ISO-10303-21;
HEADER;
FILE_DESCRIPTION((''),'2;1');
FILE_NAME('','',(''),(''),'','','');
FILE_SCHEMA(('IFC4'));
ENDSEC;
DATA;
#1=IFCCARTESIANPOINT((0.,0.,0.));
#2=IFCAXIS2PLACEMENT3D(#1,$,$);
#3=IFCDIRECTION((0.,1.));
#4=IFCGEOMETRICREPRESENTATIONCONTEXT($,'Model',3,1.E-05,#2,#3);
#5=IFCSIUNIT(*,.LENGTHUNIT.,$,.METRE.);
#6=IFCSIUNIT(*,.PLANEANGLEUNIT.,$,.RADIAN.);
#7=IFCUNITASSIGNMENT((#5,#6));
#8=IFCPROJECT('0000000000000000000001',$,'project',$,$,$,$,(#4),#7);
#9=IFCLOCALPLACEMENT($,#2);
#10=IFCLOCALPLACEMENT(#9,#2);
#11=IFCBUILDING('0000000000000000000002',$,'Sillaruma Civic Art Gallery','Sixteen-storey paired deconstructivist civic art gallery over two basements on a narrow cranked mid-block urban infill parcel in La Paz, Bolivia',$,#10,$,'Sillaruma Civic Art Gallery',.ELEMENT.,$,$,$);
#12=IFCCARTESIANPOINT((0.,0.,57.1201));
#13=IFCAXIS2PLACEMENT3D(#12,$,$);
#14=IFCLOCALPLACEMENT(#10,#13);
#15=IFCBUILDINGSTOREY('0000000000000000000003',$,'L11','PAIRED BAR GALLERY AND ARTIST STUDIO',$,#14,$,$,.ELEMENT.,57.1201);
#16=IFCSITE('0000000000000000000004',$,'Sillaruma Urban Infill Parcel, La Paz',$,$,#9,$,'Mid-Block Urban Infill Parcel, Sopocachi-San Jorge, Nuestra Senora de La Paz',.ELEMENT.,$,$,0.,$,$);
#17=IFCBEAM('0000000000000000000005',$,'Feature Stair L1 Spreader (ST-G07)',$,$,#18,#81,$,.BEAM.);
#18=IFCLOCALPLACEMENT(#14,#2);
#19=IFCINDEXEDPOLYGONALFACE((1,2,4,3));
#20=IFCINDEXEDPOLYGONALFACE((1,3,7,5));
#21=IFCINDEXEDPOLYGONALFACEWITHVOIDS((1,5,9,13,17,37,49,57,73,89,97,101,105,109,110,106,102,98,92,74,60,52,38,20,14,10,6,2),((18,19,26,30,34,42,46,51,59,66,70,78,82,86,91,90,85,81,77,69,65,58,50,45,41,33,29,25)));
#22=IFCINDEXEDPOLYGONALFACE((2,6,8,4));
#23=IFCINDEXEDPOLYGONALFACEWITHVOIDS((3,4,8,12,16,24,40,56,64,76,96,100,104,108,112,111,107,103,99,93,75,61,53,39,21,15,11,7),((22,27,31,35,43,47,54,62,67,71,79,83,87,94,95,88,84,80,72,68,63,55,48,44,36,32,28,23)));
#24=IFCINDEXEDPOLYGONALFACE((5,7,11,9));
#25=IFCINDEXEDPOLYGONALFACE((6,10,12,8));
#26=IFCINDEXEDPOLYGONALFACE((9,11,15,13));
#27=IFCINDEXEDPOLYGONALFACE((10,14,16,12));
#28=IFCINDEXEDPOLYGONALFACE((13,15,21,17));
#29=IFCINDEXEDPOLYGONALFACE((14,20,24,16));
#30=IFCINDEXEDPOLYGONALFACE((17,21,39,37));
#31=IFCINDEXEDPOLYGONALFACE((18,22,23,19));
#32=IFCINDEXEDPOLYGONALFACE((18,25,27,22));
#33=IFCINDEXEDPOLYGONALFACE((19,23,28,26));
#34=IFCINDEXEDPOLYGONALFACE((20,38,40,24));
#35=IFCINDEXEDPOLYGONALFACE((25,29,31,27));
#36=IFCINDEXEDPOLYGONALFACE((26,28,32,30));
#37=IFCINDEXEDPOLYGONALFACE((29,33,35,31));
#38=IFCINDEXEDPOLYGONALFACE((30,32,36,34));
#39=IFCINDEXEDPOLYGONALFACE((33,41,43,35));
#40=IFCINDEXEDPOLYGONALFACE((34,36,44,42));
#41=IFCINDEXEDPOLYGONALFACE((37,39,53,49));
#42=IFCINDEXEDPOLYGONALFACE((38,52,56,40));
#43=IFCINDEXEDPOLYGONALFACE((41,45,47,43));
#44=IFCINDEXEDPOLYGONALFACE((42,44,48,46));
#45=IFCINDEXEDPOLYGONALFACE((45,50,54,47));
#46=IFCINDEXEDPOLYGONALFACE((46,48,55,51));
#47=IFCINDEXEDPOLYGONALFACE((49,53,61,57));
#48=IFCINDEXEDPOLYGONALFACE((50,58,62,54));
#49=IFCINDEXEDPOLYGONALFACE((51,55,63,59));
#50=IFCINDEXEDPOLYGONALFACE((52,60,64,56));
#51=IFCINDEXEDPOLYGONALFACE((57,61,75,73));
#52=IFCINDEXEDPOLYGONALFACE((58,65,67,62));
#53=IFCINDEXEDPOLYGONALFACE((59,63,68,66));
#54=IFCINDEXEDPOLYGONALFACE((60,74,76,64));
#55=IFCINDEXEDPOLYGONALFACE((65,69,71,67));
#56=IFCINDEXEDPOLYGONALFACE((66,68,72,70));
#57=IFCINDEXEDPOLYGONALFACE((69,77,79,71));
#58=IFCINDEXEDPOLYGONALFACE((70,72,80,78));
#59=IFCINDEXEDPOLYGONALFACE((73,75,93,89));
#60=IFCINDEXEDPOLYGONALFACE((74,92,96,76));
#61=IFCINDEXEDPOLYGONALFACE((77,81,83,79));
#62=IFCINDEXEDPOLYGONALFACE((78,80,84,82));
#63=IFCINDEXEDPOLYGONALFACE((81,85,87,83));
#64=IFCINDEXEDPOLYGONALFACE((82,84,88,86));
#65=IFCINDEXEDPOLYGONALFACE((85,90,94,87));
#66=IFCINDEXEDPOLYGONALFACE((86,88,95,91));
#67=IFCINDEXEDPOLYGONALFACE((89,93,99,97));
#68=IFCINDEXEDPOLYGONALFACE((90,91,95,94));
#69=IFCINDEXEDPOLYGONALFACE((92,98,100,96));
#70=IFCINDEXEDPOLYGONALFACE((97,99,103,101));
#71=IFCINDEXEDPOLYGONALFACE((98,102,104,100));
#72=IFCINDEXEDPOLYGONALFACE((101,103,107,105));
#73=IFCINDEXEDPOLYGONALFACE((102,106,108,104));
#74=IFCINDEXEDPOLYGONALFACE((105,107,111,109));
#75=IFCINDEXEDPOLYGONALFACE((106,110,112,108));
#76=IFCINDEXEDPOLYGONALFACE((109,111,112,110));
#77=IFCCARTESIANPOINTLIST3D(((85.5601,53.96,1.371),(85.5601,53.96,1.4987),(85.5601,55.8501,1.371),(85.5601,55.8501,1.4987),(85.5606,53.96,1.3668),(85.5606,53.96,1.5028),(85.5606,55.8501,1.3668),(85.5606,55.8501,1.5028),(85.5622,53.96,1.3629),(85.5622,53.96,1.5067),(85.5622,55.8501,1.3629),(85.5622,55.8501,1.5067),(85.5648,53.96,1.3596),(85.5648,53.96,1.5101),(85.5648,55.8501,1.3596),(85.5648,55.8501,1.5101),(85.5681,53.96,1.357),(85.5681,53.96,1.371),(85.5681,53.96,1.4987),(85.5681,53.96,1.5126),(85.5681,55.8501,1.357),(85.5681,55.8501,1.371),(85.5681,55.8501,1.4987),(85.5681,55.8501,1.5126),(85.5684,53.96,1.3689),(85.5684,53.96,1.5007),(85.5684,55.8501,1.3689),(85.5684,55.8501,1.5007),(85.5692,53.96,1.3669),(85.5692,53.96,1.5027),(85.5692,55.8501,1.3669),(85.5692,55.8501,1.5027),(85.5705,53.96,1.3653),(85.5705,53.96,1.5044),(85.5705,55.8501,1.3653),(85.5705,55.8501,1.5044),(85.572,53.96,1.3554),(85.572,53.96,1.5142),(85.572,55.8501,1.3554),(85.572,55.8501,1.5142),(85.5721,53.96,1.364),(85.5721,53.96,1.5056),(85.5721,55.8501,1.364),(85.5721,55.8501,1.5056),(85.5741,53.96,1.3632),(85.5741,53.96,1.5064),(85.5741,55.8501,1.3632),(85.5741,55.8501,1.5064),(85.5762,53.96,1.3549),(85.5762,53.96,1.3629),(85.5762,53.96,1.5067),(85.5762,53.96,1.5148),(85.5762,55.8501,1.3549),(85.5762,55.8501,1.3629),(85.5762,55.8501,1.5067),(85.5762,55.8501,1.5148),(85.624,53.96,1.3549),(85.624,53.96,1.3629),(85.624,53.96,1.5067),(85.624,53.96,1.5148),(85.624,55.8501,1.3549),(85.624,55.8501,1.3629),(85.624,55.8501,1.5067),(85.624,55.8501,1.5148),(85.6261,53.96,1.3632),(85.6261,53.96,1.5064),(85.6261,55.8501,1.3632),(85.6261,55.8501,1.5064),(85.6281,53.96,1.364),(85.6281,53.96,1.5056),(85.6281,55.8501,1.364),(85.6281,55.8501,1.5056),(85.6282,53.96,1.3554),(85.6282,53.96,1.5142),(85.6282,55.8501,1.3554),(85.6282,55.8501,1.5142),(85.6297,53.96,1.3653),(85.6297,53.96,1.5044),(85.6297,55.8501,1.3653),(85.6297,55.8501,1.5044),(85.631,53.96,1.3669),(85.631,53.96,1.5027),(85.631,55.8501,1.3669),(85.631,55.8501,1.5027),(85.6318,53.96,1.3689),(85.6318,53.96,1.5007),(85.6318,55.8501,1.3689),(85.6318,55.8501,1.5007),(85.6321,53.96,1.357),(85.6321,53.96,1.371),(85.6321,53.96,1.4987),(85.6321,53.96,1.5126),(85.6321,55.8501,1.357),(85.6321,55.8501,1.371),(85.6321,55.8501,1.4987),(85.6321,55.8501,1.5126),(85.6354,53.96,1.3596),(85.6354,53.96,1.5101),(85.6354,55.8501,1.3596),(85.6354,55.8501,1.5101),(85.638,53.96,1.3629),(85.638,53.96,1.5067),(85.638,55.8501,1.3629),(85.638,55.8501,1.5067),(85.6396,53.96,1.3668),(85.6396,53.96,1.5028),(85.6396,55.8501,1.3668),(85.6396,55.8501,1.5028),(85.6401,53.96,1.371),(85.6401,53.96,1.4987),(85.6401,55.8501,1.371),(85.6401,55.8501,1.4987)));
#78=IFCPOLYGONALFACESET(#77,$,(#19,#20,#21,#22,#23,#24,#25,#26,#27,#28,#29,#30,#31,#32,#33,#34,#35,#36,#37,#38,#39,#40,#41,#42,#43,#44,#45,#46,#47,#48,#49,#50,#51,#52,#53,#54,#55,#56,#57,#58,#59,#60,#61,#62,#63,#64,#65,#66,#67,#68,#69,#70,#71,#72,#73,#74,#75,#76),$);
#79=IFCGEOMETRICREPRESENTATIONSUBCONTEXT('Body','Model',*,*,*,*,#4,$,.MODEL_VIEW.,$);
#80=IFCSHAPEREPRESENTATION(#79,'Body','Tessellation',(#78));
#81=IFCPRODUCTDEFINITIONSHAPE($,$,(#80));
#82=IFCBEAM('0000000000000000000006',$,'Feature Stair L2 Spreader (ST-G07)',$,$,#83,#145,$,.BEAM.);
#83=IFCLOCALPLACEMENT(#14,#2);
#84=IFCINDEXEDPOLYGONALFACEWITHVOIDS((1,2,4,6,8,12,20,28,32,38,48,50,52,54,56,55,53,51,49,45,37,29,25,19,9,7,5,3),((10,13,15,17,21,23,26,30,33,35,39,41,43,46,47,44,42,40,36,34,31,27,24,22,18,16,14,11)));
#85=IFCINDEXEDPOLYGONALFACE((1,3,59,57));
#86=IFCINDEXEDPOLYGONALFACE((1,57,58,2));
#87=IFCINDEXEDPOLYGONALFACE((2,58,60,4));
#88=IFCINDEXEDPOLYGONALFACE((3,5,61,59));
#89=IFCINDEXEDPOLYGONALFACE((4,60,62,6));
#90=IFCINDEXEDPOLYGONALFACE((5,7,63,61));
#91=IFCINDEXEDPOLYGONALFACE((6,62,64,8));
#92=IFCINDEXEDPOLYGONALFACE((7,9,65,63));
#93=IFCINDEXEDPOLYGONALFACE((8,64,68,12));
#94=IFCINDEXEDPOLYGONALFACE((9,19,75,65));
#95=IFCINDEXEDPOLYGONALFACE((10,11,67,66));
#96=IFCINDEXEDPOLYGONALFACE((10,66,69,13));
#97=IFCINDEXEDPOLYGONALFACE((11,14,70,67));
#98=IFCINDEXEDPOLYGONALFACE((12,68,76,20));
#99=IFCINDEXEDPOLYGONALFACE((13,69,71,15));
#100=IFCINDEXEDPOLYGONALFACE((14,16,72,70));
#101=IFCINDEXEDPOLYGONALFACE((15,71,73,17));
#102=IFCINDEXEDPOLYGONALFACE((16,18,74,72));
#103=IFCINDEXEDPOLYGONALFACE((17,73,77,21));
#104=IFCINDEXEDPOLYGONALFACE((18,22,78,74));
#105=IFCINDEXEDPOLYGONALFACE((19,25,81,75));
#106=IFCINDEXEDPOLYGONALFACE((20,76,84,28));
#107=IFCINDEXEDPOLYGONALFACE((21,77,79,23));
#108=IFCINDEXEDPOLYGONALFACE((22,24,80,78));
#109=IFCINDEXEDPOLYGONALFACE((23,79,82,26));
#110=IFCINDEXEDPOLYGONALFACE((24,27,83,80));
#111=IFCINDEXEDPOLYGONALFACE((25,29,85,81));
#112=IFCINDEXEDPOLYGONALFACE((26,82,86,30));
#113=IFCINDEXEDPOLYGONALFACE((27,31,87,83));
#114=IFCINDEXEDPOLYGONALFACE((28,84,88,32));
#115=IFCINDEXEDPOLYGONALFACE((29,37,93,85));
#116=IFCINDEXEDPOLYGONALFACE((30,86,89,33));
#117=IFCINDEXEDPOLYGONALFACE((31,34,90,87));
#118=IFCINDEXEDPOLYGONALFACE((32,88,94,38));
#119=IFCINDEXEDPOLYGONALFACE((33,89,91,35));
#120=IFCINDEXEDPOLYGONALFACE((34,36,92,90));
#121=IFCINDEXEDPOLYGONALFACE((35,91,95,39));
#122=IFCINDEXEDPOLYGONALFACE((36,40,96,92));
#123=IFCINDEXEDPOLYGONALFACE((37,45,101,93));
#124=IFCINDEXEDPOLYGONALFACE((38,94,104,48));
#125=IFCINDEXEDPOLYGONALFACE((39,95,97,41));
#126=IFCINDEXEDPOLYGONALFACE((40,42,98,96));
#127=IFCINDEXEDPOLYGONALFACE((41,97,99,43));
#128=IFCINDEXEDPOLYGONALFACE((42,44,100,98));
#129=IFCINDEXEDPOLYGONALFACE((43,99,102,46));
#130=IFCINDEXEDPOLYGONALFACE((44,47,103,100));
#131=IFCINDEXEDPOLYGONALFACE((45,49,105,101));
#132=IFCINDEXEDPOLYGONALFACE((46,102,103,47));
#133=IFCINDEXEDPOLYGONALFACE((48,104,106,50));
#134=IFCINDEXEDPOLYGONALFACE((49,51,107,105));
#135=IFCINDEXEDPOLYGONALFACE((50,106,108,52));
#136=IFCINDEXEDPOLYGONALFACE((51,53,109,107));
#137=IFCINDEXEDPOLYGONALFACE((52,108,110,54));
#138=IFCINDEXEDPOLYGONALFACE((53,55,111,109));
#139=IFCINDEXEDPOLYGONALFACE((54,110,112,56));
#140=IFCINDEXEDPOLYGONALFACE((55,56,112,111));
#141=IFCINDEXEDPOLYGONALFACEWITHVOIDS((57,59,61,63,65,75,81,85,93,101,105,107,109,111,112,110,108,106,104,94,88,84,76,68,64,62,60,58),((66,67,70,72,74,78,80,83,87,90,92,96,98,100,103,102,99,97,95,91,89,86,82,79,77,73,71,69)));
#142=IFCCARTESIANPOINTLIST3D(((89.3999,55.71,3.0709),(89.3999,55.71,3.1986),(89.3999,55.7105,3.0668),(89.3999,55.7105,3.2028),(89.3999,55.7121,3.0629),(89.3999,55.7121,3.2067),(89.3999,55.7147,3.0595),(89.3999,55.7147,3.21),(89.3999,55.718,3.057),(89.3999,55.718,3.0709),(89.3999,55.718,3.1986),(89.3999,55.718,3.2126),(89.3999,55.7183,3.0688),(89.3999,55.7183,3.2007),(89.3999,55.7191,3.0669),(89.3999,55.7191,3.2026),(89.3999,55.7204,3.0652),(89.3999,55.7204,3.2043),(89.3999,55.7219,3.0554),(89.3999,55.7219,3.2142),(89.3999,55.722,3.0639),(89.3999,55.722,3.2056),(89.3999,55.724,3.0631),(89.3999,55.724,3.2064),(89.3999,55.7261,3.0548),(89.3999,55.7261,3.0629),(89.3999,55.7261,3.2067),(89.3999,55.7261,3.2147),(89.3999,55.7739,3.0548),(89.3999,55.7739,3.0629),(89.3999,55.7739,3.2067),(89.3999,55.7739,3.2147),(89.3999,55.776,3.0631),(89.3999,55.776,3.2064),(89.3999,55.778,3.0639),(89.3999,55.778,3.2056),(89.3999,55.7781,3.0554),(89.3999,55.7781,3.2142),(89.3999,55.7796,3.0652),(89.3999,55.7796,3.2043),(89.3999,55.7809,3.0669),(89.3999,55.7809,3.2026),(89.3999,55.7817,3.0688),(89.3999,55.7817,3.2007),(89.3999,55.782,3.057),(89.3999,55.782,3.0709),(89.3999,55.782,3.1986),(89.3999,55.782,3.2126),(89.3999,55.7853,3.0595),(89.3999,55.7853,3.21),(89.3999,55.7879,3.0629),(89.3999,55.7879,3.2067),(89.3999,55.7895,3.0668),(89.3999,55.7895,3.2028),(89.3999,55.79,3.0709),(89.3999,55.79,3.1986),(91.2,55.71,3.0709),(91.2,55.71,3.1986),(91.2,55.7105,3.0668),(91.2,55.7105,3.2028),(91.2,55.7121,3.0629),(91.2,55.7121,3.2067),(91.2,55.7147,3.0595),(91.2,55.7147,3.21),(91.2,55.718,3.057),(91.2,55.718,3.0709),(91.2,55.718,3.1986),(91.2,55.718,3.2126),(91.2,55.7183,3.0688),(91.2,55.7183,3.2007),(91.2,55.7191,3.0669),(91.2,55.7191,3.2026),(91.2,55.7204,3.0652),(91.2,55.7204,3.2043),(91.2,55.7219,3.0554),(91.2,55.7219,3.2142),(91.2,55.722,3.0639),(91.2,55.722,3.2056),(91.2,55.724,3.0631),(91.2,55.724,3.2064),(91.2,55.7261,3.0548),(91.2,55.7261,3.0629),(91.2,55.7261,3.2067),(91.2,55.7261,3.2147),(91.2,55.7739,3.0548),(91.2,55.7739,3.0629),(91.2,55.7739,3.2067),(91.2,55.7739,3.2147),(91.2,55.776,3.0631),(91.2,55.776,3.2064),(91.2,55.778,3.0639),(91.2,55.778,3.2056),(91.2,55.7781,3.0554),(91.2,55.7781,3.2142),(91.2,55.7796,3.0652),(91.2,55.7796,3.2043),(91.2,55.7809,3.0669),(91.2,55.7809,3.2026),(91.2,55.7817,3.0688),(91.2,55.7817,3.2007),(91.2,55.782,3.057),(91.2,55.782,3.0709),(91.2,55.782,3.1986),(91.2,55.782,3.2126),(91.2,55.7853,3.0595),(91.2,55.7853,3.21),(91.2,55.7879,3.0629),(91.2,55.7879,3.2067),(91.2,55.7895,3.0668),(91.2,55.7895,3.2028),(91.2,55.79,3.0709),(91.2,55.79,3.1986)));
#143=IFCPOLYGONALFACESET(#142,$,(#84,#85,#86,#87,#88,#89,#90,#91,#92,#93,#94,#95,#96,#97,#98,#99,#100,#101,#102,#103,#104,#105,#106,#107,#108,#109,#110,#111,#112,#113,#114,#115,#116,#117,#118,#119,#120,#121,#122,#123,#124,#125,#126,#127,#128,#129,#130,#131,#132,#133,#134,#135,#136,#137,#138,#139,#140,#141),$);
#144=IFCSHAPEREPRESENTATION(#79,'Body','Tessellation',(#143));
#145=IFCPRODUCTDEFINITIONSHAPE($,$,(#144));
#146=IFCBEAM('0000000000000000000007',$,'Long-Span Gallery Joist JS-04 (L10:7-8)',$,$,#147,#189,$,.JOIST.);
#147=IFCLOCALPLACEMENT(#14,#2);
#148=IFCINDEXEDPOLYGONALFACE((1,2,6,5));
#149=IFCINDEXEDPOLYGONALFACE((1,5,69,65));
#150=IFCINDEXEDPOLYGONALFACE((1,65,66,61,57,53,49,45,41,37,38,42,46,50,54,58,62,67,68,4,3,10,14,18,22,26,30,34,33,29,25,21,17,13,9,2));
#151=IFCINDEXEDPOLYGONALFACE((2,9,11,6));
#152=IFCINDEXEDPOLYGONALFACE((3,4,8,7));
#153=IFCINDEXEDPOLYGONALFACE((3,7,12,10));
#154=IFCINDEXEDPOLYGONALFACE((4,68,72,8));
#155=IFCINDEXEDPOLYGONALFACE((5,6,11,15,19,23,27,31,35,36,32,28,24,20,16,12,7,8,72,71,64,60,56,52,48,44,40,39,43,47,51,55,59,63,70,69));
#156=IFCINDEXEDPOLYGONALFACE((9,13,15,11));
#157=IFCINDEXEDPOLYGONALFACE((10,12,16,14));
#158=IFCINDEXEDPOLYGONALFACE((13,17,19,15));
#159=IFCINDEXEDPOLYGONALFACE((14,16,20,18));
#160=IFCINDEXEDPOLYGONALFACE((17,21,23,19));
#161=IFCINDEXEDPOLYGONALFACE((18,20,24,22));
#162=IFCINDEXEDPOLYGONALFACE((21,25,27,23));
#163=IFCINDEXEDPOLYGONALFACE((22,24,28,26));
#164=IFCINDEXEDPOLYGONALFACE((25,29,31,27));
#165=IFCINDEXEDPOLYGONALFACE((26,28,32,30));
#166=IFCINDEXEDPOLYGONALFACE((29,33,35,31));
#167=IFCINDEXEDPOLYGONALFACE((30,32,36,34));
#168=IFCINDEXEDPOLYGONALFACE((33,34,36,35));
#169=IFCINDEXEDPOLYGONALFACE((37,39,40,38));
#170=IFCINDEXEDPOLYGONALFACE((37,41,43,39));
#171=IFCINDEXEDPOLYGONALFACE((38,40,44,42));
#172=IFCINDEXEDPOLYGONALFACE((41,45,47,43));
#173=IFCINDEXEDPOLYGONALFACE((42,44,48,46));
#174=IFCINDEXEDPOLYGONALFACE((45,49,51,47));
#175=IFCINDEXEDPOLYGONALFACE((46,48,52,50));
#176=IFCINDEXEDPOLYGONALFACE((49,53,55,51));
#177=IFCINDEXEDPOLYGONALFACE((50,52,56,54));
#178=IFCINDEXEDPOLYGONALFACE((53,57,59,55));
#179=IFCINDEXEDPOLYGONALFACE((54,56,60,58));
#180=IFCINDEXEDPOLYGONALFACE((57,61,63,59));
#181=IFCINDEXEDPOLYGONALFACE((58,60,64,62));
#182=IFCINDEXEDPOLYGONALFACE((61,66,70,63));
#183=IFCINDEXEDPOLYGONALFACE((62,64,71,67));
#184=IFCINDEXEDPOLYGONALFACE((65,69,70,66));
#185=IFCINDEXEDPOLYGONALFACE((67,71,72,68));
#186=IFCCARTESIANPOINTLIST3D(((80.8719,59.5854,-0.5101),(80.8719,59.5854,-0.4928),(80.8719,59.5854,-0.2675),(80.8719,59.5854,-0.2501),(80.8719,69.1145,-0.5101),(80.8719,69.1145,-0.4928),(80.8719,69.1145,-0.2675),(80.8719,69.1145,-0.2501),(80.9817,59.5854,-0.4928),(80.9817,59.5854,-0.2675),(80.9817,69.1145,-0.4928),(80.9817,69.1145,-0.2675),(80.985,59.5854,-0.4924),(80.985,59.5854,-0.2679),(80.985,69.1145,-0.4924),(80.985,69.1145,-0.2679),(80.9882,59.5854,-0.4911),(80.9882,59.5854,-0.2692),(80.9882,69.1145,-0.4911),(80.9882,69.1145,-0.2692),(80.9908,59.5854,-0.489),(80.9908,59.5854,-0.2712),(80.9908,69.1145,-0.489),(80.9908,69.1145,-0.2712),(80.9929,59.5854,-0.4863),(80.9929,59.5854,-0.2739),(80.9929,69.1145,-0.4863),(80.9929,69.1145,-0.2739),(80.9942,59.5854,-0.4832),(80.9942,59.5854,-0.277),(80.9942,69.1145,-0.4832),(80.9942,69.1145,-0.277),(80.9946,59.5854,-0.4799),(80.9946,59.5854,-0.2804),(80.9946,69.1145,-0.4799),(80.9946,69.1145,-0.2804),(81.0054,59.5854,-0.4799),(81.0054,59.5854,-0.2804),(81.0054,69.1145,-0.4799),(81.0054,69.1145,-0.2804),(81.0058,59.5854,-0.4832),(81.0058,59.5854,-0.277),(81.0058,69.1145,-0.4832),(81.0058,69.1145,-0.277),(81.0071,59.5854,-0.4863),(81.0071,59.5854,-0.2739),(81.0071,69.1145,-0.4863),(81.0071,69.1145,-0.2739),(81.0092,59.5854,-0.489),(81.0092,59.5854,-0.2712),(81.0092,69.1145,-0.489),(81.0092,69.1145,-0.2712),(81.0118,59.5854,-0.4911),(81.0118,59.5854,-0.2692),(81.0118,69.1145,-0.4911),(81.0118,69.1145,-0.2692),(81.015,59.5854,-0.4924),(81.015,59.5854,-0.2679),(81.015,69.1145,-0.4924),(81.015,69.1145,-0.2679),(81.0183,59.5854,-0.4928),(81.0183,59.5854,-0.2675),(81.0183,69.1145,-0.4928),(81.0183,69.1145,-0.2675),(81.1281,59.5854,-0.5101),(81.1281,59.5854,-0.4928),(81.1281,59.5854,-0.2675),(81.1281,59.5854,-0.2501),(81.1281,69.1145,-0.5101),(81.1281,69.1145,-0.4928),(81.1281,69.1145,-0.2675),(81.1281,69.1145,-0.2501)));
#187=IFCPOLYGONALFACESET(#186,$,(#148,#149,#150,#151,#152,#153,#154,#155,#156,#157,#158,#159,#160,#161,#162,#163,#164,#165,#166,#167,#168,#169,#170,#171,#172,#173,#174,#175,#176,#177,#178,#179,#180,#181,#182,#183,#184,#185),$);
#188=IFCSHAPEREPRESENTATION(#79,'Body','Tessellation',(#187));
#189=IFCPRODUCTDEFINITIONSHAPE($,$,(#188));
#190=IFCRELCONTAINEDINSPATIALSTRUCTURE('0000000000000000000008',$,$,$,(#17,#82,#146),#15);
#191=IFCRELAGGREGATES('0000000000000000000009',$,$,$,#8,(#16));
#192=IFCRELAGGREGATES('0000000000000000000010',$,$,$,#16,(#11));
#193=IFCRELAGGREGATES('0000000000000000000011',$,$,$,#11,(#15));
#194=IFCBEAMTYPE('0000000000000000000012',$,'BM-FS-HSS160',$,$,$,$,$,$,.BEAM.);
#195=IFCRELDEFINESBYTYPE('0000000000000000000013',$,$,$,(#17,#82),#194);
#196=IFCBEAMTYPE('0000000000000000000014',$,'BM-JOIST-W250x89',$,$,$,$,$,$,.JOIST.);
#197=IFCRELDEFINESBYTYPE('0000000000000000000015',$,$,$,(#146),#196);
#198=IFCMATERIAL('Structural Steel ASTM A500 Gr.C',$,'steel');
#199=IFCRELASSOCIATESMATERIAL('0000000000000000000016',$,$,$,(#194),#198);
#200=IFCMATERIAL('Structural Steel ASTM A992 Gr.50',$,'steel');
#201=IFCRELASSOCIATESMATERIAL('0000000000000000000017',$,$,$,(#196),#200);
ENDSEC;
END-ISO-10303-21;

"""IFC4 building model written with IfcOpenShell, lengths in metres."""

from ifc_helpers import new_model, si_unit, direction, frame, origin, origin_2d, place, context, subcontext, project, spatial, hollow_rectangle, i_section, extrude, material, material_profile, profile_set, type_object, element, save


model = new_model("IFC4")

# Units and contexts
model_context = context("Model", 3, precision=1e-05, world=origin(), true_north=direction((0.0, 1.0)))
body_context = subcontext(model_context, "Body", "Model", "MODEL_VIEW")
ifc_project = project(units=[si_unit("LENGTHUNIT", "METRE"), si_unit("PLANEANGLEUNIT", "RADIAN")], contexts=[model_context])

# Site, building, storey
site_placement = place(None, origin())
site = spatial("IfcSite", under=ifc_project, at=site_placement, Name="Sillaruma Urban Infill Parcel, La Paz", LongName="Mid-Block Urban Infill Parcel, Sopocachi-San Jorge, Nuestra Senora de La Paz", CompositionType="ELEMENT", RefElevation=0.0)
building_placement = place(site_placement, origin())
building = spatial("IfcBuilding", under=site, at=building_placement, Name="Sillaruma Civic Art Gallery", Description="Sixteen-storey paired deconstructivist civic art gallery over two basements on a narrow cranked mid-block urban infill parcel in La Paz, Bolivia", LongName="Sillaruma Civic Art Gallery", CompositionType="ELEMENT")
storey_placement = place(building_placement, frame((0.0, 0.0, 57.1201)))
storey = spatial("IfcBuildingStorey", under=building, at=storey_placement, Name="L11", Description="PAIRED BAR GALLERY AND ARTIST STUDIO", CompositionType="ELEMENT", Elevation=57.1201)

# Beams
ifc_material_1 = material(Name="Structural Steel ASTM A500 Gr.C", Category="steel")
ifc_material_profile_1 = material_profile(ifc_material_1, hollow_rectangle(XDim=0.0801, YDim=0.1599, WallThickness=0.0081, InnerFilletRadius=0.0081, OuterFilletRadius=0.0161, at=origin_2d()), Name="HSS160x80x8")
ifc_profile_set_1 = profile_set([ifc_material_profile_1], Name="Structural Steel ASTM A500 Gr.C")
beam_type_1 = type_object("IfcBeamType", Name="BM-FS-HSS160", PredefinedType="BEAM", material=ifc_profile_set_1)
beam_1_placement = place(storey_placement, frame((85.6001, 53.96, 1.4348), z_axis=(0.0, 1.0, 0.0), x_axis=(-1.0, 0.0, 0.0)))
element("IfcBeam", 1, at=beam_1_placement, inside=storey, type_object=beam_type_1, Name="Feature Stair L1 Spreader (ST-G07)", PredefinedType="BEAM", context=body_context, shape_type="SweptSolid", body=[
    extrude(hollow_rectangle(XDim=0.0801, YDim=0.1599, WallThickness=0.0081, InnerFilletRadius=0.0081, OuterFilletRadius=0.0161, at=origin_2d()), origin(), (0.0, 0.0, 1.0), 1.8901),
])
beam_2_placement = place(storey_placement, frame((89.3999, 55.75, 3.1348), z_axis=(1.0, 0.0, 0.0), x_axis=(0.0, 1.0, 0.0)))
element("IfcBeam", 2, at=beam_2_placement, inside=storey, type_object=beam_type_1, Name="Feature Stair L2 Spreader (ST-G07)", PredefinedType="BEAM", context=body_context, shape_type="SweptSolid", body=[
    extrude(hollow_rectangle(XDim=0.0801, YDim=0.1599, WallThickness=0.0081, InnerFilletRadius=0.0081, OuterFilletRadius=0.0161, at=origin_2d()), origin(), (0.0, 0.0, 1.0), 1.8),
])
ifc_material_2 = material(Name="Structural Steel ASTM A992 Gr.50", Category="steel")
ifc_material_profile_2 = material_profile(ifc_material_2, i_section(OverallWidth=0.2561, OverallDepth=0.26, WebThickness=0.0107, FlangeThickness=0.0173, FilletRadius=0.0129, at=origin_2d()), Name="W250x89")
ifc_profile_set_2 = profile_set([ifc_material_profile_2], Name="Structural Steel ASTM A992 Gr.50")
beam_type_2 = type_object("IfcBeamType", Name="BM-JOIST-W250x89", PredefinedType="JOIST", material=ifc_profile_set_2)
beam_3_placement = place(storey_placement, frame((81.0, 59.5854, -0.3801), z_axis=(0.0, 1.0, 0.0), x_axis=(-1.0, 0.0, 0.0)))
element("IfcBeam", 3, at=beam_3_placement, inside=storey, type_object=beam_type_2, Name="Long-Span Gallery Joist JS-04 (L10:7-8)", PredefinedType="JOIST", context=body_context, shape_type="SweptSolid", body=[
    extrude(i_section(OverallWidth=0.2561, OverallDepth=0.26, WebThickness=0.0107, FlangeThickness=0.0173, FilletRadius=0.0129, at=origin_2d()), origin(), (0.0, 0.0, 1.0), 9.5291),
])

save(model, "model.ifc")
